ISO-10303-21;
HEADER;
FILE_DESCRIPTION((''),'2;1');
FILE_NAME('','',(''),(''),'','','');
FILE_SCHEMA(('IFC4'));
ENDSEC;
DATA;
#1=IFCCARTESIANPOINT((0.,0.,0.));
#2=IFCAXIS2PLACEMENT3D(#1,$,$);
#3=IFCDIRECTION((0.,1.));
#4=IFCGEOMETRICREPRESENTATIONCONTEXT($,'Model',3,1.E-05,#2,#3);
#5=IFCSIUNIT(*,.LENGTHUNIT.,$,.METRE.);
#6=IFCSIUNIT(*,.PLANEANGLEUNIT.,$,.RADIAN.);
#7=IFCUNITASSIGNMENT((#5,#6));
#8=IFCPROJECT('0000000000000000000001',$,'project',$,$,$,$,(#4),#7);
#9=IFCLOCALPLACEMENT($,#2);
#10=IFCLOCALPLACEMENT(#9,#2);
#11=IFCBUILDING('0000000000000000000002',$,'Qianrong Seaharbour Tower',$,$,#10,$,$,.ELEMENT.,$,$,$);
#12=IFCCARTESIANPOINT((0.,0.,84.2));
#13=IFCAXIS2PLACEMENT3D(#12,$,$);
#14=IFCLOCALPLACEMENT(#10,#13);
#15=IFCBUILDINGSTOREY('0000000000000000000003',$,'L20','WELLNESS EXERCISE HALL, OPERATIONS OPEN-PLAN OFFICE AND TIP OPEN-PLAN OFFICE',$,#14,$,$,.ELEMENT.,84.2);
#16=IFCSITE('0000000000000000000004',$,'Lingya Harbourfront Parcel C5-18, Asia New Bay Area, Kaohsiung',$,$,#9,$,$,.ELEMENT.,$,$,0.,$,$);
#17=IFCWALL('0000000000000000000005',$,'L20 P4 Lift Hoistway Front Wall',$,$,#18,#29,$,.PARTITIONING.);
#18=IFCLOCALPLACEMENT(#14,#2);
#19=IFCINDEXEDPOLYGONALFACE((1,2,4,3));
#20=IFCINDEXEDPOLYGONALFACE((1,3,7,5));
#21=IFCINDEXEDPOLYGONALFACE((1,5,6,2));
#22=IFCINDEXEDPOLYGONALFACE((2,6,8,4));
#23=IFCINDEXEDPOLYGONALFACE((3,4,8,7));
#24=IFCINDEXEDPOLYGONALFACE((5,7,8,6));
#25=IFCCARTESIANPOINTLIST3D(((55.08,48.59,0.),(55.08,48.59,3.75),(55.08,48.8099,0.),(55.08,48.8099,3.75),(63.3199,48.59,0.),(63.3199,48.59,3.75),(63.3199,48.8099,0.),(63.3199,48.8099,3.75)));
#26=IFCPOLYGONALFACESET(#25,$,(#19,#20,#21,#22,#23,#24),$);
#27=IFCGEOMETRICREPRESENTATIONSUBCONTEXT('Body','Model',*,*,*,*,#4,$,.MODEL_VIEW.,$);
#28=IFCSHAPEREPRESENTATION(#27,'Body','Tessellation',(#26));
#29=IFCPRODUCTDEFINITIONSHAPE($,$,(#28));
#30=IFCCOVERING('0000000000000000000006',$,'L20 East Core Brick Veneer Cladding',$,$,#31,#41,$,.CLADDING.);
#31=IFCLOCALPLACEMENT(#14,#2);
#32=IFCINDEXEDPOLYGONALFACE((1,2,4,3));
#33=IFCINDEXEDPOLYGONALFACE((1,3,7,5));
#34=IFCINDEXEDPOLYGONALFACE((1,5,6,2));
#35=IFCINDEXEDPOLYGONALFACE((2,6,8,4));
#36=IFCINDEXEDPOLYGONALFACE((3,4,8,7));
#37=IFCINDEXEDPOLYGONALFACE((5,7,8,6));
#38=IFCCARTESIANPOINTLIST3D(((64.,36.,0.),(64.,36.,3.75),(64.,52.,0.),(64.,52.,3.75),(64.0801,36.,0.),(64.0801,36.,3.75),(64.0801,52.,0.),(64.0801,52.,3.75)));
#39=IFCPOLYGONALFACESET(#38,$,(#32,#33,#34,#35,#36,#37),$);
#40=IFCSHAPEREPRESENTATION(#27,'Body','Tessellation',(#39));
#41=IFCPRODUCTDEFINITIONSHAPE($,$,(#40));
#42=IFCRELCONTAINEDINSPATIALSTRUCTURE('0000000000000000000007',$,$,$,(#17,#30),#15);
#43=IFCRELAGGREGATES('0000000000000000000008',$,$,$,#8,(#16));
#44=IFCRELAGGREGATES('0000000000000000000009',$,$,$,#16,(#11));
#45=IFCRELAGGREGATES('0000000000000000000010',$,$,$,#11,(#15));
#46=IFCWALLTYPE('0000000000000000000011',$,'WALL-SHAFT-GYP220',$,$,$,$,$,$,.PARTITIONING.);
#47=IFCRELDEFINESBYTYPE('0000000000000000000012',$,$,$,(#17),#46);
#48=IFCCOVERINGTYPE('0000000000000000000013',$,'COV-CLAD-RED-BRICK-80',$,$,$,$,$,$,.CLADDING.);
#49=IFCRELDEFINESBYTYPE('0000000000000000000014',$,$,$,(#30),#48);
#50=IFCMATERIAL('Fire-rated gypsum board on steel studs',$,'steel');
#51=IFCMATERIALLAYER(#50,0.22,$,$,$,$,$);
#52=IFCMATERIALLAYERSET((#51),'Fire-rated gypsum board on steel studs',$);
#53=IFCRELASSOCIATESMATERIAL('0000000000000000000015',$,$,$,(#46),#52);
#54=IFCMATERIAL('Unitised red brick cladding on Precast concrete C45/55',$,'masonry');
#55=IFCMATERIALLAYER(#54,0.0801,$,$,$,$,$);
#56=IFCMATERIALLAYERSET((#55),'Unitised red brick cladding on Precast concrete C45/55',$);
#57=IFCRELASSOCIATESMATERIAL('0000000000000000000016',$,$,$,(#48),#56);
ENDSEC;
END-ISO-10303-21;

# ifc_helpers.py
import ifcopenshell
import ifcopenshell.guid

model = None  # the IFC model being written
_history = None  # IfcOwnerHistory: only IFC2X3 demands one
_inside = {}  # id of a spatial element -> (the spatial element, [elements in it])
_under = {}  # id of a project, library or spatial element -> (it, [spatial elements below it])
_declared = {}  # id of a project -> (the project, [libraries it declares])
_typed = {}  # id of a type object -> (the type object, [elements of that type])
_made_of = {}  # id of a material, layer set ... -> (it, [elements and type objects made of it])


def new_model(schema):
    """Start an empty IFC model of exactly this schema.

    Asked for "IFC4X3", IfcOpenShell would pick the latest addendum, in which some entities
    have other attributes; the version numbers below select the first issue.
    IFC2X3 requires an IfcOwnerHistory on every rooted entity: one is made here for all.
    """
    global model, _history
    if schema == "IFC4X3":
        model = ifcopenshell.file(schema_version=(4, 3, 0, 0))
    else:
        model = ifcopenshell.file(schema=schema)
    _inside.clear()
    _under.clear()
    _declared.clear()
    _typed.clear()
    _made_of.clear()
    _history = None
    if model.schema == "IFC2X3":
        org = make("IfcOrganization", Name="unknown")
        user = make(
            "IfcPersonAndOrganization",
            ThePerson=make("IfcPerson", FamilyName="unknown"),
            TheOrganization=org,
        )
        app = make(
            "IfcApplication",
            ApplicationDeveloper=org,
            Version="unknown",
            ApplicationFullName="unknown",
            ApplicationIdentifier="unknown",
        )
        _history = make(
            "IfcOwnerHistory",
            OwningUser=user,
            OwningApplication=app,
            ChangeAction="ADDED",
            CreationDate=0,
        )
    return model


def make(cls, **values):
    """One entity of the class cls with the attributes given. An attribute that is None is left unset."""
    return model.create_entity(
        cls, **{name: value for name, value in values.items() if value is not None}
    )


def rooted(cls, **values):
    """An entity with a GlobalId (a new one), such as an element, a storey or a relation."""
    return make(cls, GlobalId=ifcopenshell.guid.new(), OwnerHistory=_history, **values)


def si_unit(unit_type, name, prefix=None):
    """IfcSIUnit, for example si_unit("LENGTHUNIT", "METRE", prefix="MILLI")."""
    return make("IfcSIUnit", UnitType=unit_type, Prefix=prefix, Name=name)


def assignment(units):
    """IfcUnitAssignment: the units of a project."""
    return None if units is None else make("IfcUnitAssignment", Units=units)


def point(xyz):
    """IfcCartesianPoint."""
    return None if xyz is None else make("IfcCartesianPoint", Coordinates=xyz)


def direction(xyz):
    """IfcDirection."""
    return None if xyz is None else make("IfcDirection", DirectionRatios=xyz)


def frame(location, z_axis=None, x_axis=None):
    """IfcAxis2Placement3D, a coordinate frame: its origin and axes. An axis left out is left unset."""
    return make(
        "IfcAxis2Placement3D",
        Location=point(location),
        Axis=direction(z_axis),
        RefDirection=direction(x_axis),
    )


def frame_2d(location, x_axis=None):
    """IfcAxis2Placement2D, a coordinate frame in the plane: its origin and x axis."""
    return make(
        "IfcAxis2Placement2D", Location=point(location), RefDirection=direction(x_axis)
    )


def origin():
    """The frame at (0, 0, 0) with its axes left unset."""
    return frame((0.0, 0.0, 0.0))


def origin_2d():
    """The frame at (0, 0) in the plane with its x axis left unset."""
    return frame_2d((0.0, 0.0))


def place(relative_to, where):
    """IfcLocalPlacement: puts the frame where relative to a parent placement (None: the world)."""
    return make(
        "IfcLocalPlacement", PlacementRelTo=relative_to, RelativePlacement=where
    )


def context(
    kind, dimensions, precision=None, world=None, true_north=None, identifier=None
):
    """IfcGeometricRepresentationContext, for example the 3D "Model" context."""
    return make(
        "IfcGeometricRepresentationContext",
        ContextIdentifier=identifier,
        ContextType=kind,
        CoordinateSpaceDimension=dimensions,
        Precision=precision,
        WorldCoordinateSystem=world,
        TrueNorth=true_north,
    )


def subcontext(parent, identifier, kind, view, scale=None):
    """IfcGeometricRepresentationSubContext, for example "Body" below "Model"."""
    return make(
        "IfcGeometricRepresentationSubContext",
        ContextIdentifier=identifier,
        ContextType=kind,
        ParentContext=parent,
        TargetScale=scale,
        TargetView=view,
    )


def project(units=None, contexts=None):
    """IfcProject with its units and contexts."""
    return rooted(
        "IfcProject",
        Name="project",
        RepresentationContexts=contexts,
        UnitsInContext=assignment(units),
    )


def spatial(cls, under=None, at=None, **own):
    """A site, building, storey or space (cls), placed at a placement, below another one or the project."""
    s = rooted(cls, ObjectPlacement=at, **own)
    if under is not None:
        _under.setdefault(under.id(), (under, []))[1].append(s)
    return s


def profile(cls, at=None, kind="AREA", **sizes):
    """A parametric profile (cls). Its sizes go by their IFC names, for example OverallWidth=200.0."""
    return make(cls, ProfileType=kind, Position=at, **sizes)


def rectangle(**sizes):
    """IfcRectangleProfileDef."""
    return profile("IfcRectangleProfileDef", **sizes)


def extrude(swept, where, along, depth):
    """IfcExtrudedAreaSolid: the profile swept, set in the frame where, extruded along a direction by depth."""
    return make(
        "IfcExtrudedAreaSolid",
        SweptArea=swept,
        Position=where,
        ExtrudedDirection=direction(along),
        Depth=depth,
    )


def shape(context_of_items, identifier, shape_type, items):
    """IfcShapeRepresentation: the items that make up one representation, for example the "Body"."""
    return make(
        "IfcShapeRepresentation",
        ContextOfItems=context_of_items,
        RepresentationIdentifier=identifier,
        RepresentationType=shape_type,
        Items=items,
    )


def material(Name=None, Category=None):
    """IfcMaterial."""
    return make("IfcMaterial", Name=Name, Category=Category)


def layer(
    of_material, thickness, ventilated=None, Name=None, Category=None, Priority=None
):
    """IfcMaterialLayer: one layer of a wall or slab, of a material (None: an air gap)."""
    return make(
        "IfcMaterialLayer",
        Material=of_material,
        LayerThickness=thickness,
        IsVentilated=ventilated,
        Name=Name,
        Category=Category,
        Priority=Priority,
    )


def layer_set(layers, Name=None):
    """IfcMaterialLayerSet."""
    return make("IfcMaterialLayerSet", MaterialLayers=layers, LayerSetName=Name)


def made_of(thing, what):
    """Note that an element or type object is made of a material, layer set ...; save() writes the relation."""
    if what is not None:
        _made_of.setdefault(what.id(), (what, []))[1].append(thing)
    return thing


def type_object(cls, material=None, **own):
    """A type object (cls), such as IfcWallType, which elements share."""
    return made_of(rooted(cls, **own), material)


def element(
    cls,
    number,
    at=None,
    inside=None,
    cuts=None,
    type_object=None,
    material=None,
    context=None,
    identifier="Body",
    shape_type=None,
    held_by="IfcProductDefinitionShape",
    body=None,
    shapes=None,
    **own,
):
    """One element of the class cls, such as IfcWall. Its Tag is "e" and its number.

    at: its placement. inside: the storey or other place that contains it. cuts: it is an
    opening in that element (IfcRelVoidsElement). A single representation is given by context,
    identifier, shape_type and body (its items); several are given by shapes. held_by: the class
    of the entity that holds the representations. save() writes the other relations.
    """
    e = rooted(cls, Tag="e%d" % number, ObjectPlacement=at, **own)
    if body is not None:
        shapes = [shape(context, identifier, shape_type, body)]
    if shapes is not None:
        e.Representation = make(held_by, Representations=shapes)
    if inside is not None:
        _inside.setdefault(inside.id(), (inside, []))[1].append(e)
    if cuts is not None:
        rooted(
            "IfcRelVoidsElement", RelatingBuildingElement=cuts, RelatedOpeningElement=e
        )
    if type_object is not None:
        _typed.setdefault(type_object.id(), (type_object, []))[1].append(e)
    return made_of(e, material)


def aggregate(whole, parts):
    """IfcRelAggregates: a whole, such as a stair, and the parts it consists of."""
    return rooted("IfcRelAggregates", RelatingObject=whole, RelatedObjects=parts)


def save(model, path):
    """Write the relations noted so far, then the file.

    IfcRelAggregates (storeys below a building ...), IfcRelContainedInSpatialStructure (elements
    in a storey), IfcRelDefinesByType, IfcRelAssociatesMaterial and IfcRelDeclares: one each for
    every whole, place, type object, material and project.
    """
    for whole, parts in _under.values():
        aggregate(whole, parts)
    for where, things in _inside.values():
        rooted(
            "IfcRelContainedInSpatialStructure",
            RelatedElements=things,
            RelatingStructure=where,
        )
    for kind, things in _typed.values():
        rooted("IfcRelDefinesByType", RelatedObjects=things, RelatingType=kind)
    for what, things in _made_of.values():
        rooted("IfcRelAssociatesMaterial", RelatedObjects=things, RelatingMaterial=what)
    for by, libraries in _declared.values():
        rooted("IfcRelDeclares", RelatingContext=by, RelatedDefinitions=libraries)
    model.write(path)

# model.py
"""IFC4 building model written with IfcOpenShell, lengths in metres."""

from ifc_helpers import new_model, si_unit, direction, frame, frame_2d, origin, origin_2d, place, context, subcontext, project, spatial, rectangle, extrude, material, layer, layer_set, type_object, element, save


model = new_model("IFC4")

# Units and contexts
model_context = context("Model", 3, precision=1e-05, world=origin(), true_north=direction((0.0, 1.0)))
body_context = subcontext(model_context, "Body", "Model", "MODEL_VIEW")
ifc_project = project(units=[si_unit("LENGTHUNIT", "METRE"), si_unit("PLANEANGLEUNIT", "RADIAN")], contexts=[model_context])

# Site, building, storey
site_placement = place(None, origin())
site = spatial("IfcSite", under=ifc_project, at=site_placement, Name="Lingya Harbourfront Parcel C5-18, Asia New Bay Area, Kaohsiung", CompositionType="ELEMENT", RefElevation=0.0)
building_placement = place(site_placement, origin())
building = spatial("IfcBuilding", under=site, at=building_placement, Name="Qianrong Seaharbour Tower", CompositionType="ELEMENT")
storey_placement = place(building_placement, frame((0.0, 0.0, 84.2)))
storey = spatial("IfcBuildingStorey", under=building, at=storey_placement, Name="L20", Description="WELLNESS EXERCISE HALL, OPERATIONS OPEN-PLAN OFFICE AND TIP OPEN-PLAN OFFICE", CompositionType="ELEMENT", Elevation=84.2)

# Wall
ifc_material_1 = material(Name="Fire-rated gypsum board on steel studs", Category="steel")
ifc_layer_1 = layer(ifc_material_1, 0.22)
ifc_layer_set_1 = layer_set([ifc_layer_1], Name="Fire-rated gypsum board on steel studs")
wall_type_1 = type_object("IfcWallType", Name="WALL-SHAFT-GYP220", PredefinedType="PARTITIONING", material=ifc_layer_set_1)
for number, where, z_axis, x_axis, name in (
    (1, (63.3201, 48.7, 0.0), (0.0, 0.0, 1.0), (-1.0, 0.0, 0.0), "L20 P4 Lift Hoistway Front Wall"),
):
    element("IfcWall", number, at=place(storey_placement, frame(where, z_axis=z_axis, x_axis=x_axis)), inside=storey, type_object=wall_type_1, Name=name, PredefinedType="PARTITIONING", context=body_context, shape_type="SweptSolid", body=[
        extrude(rectangle(XDim=8.24, YDim=0.22, at=frame_2d((4.1201, 0.0))), origin(), (0.0, 0.0, 1.0), 3.75),
    ])

# Covering
ifc_material_2 = material(Name="Unitised red brick cladding on Precast concrete C45/55", Category="masonry")
ifc_layer_2 = layer(ifc_material_2, 0.0801)
ifc_layer_set_2 = layer_set([ifc_layer_2], Name="Unitised red brick cladding on Precast concrete C45/55")
covering_type = type_object("IfcCoveringType", Name="COV-CLAD-RED-BRICK-80", PredefinedType="CLADDING", material=ifc_layer_set_2)
covering_placement = place(storey_placement, frame((64.04, 44.0, 0.0), z_axis=(0.0, 0.0, 1.0), x_axis=(1.0, 0.0, 0.0)))
element("IfcCovering", 2, at=covering_placement, inside=storey, type_object=covering_type, Name="L20 East Core Brick Veneer Cladding", PredefinedType="CLADDING", context=body_context, shape_type="SweptSolid", body=[
    extrude(rectangle(XDim=0.0801, YDim=16.0, at=origin_2d()), origin(), (0.0, 0.0, 1.0), 3.75),
])

save(model, "model.ifc")
